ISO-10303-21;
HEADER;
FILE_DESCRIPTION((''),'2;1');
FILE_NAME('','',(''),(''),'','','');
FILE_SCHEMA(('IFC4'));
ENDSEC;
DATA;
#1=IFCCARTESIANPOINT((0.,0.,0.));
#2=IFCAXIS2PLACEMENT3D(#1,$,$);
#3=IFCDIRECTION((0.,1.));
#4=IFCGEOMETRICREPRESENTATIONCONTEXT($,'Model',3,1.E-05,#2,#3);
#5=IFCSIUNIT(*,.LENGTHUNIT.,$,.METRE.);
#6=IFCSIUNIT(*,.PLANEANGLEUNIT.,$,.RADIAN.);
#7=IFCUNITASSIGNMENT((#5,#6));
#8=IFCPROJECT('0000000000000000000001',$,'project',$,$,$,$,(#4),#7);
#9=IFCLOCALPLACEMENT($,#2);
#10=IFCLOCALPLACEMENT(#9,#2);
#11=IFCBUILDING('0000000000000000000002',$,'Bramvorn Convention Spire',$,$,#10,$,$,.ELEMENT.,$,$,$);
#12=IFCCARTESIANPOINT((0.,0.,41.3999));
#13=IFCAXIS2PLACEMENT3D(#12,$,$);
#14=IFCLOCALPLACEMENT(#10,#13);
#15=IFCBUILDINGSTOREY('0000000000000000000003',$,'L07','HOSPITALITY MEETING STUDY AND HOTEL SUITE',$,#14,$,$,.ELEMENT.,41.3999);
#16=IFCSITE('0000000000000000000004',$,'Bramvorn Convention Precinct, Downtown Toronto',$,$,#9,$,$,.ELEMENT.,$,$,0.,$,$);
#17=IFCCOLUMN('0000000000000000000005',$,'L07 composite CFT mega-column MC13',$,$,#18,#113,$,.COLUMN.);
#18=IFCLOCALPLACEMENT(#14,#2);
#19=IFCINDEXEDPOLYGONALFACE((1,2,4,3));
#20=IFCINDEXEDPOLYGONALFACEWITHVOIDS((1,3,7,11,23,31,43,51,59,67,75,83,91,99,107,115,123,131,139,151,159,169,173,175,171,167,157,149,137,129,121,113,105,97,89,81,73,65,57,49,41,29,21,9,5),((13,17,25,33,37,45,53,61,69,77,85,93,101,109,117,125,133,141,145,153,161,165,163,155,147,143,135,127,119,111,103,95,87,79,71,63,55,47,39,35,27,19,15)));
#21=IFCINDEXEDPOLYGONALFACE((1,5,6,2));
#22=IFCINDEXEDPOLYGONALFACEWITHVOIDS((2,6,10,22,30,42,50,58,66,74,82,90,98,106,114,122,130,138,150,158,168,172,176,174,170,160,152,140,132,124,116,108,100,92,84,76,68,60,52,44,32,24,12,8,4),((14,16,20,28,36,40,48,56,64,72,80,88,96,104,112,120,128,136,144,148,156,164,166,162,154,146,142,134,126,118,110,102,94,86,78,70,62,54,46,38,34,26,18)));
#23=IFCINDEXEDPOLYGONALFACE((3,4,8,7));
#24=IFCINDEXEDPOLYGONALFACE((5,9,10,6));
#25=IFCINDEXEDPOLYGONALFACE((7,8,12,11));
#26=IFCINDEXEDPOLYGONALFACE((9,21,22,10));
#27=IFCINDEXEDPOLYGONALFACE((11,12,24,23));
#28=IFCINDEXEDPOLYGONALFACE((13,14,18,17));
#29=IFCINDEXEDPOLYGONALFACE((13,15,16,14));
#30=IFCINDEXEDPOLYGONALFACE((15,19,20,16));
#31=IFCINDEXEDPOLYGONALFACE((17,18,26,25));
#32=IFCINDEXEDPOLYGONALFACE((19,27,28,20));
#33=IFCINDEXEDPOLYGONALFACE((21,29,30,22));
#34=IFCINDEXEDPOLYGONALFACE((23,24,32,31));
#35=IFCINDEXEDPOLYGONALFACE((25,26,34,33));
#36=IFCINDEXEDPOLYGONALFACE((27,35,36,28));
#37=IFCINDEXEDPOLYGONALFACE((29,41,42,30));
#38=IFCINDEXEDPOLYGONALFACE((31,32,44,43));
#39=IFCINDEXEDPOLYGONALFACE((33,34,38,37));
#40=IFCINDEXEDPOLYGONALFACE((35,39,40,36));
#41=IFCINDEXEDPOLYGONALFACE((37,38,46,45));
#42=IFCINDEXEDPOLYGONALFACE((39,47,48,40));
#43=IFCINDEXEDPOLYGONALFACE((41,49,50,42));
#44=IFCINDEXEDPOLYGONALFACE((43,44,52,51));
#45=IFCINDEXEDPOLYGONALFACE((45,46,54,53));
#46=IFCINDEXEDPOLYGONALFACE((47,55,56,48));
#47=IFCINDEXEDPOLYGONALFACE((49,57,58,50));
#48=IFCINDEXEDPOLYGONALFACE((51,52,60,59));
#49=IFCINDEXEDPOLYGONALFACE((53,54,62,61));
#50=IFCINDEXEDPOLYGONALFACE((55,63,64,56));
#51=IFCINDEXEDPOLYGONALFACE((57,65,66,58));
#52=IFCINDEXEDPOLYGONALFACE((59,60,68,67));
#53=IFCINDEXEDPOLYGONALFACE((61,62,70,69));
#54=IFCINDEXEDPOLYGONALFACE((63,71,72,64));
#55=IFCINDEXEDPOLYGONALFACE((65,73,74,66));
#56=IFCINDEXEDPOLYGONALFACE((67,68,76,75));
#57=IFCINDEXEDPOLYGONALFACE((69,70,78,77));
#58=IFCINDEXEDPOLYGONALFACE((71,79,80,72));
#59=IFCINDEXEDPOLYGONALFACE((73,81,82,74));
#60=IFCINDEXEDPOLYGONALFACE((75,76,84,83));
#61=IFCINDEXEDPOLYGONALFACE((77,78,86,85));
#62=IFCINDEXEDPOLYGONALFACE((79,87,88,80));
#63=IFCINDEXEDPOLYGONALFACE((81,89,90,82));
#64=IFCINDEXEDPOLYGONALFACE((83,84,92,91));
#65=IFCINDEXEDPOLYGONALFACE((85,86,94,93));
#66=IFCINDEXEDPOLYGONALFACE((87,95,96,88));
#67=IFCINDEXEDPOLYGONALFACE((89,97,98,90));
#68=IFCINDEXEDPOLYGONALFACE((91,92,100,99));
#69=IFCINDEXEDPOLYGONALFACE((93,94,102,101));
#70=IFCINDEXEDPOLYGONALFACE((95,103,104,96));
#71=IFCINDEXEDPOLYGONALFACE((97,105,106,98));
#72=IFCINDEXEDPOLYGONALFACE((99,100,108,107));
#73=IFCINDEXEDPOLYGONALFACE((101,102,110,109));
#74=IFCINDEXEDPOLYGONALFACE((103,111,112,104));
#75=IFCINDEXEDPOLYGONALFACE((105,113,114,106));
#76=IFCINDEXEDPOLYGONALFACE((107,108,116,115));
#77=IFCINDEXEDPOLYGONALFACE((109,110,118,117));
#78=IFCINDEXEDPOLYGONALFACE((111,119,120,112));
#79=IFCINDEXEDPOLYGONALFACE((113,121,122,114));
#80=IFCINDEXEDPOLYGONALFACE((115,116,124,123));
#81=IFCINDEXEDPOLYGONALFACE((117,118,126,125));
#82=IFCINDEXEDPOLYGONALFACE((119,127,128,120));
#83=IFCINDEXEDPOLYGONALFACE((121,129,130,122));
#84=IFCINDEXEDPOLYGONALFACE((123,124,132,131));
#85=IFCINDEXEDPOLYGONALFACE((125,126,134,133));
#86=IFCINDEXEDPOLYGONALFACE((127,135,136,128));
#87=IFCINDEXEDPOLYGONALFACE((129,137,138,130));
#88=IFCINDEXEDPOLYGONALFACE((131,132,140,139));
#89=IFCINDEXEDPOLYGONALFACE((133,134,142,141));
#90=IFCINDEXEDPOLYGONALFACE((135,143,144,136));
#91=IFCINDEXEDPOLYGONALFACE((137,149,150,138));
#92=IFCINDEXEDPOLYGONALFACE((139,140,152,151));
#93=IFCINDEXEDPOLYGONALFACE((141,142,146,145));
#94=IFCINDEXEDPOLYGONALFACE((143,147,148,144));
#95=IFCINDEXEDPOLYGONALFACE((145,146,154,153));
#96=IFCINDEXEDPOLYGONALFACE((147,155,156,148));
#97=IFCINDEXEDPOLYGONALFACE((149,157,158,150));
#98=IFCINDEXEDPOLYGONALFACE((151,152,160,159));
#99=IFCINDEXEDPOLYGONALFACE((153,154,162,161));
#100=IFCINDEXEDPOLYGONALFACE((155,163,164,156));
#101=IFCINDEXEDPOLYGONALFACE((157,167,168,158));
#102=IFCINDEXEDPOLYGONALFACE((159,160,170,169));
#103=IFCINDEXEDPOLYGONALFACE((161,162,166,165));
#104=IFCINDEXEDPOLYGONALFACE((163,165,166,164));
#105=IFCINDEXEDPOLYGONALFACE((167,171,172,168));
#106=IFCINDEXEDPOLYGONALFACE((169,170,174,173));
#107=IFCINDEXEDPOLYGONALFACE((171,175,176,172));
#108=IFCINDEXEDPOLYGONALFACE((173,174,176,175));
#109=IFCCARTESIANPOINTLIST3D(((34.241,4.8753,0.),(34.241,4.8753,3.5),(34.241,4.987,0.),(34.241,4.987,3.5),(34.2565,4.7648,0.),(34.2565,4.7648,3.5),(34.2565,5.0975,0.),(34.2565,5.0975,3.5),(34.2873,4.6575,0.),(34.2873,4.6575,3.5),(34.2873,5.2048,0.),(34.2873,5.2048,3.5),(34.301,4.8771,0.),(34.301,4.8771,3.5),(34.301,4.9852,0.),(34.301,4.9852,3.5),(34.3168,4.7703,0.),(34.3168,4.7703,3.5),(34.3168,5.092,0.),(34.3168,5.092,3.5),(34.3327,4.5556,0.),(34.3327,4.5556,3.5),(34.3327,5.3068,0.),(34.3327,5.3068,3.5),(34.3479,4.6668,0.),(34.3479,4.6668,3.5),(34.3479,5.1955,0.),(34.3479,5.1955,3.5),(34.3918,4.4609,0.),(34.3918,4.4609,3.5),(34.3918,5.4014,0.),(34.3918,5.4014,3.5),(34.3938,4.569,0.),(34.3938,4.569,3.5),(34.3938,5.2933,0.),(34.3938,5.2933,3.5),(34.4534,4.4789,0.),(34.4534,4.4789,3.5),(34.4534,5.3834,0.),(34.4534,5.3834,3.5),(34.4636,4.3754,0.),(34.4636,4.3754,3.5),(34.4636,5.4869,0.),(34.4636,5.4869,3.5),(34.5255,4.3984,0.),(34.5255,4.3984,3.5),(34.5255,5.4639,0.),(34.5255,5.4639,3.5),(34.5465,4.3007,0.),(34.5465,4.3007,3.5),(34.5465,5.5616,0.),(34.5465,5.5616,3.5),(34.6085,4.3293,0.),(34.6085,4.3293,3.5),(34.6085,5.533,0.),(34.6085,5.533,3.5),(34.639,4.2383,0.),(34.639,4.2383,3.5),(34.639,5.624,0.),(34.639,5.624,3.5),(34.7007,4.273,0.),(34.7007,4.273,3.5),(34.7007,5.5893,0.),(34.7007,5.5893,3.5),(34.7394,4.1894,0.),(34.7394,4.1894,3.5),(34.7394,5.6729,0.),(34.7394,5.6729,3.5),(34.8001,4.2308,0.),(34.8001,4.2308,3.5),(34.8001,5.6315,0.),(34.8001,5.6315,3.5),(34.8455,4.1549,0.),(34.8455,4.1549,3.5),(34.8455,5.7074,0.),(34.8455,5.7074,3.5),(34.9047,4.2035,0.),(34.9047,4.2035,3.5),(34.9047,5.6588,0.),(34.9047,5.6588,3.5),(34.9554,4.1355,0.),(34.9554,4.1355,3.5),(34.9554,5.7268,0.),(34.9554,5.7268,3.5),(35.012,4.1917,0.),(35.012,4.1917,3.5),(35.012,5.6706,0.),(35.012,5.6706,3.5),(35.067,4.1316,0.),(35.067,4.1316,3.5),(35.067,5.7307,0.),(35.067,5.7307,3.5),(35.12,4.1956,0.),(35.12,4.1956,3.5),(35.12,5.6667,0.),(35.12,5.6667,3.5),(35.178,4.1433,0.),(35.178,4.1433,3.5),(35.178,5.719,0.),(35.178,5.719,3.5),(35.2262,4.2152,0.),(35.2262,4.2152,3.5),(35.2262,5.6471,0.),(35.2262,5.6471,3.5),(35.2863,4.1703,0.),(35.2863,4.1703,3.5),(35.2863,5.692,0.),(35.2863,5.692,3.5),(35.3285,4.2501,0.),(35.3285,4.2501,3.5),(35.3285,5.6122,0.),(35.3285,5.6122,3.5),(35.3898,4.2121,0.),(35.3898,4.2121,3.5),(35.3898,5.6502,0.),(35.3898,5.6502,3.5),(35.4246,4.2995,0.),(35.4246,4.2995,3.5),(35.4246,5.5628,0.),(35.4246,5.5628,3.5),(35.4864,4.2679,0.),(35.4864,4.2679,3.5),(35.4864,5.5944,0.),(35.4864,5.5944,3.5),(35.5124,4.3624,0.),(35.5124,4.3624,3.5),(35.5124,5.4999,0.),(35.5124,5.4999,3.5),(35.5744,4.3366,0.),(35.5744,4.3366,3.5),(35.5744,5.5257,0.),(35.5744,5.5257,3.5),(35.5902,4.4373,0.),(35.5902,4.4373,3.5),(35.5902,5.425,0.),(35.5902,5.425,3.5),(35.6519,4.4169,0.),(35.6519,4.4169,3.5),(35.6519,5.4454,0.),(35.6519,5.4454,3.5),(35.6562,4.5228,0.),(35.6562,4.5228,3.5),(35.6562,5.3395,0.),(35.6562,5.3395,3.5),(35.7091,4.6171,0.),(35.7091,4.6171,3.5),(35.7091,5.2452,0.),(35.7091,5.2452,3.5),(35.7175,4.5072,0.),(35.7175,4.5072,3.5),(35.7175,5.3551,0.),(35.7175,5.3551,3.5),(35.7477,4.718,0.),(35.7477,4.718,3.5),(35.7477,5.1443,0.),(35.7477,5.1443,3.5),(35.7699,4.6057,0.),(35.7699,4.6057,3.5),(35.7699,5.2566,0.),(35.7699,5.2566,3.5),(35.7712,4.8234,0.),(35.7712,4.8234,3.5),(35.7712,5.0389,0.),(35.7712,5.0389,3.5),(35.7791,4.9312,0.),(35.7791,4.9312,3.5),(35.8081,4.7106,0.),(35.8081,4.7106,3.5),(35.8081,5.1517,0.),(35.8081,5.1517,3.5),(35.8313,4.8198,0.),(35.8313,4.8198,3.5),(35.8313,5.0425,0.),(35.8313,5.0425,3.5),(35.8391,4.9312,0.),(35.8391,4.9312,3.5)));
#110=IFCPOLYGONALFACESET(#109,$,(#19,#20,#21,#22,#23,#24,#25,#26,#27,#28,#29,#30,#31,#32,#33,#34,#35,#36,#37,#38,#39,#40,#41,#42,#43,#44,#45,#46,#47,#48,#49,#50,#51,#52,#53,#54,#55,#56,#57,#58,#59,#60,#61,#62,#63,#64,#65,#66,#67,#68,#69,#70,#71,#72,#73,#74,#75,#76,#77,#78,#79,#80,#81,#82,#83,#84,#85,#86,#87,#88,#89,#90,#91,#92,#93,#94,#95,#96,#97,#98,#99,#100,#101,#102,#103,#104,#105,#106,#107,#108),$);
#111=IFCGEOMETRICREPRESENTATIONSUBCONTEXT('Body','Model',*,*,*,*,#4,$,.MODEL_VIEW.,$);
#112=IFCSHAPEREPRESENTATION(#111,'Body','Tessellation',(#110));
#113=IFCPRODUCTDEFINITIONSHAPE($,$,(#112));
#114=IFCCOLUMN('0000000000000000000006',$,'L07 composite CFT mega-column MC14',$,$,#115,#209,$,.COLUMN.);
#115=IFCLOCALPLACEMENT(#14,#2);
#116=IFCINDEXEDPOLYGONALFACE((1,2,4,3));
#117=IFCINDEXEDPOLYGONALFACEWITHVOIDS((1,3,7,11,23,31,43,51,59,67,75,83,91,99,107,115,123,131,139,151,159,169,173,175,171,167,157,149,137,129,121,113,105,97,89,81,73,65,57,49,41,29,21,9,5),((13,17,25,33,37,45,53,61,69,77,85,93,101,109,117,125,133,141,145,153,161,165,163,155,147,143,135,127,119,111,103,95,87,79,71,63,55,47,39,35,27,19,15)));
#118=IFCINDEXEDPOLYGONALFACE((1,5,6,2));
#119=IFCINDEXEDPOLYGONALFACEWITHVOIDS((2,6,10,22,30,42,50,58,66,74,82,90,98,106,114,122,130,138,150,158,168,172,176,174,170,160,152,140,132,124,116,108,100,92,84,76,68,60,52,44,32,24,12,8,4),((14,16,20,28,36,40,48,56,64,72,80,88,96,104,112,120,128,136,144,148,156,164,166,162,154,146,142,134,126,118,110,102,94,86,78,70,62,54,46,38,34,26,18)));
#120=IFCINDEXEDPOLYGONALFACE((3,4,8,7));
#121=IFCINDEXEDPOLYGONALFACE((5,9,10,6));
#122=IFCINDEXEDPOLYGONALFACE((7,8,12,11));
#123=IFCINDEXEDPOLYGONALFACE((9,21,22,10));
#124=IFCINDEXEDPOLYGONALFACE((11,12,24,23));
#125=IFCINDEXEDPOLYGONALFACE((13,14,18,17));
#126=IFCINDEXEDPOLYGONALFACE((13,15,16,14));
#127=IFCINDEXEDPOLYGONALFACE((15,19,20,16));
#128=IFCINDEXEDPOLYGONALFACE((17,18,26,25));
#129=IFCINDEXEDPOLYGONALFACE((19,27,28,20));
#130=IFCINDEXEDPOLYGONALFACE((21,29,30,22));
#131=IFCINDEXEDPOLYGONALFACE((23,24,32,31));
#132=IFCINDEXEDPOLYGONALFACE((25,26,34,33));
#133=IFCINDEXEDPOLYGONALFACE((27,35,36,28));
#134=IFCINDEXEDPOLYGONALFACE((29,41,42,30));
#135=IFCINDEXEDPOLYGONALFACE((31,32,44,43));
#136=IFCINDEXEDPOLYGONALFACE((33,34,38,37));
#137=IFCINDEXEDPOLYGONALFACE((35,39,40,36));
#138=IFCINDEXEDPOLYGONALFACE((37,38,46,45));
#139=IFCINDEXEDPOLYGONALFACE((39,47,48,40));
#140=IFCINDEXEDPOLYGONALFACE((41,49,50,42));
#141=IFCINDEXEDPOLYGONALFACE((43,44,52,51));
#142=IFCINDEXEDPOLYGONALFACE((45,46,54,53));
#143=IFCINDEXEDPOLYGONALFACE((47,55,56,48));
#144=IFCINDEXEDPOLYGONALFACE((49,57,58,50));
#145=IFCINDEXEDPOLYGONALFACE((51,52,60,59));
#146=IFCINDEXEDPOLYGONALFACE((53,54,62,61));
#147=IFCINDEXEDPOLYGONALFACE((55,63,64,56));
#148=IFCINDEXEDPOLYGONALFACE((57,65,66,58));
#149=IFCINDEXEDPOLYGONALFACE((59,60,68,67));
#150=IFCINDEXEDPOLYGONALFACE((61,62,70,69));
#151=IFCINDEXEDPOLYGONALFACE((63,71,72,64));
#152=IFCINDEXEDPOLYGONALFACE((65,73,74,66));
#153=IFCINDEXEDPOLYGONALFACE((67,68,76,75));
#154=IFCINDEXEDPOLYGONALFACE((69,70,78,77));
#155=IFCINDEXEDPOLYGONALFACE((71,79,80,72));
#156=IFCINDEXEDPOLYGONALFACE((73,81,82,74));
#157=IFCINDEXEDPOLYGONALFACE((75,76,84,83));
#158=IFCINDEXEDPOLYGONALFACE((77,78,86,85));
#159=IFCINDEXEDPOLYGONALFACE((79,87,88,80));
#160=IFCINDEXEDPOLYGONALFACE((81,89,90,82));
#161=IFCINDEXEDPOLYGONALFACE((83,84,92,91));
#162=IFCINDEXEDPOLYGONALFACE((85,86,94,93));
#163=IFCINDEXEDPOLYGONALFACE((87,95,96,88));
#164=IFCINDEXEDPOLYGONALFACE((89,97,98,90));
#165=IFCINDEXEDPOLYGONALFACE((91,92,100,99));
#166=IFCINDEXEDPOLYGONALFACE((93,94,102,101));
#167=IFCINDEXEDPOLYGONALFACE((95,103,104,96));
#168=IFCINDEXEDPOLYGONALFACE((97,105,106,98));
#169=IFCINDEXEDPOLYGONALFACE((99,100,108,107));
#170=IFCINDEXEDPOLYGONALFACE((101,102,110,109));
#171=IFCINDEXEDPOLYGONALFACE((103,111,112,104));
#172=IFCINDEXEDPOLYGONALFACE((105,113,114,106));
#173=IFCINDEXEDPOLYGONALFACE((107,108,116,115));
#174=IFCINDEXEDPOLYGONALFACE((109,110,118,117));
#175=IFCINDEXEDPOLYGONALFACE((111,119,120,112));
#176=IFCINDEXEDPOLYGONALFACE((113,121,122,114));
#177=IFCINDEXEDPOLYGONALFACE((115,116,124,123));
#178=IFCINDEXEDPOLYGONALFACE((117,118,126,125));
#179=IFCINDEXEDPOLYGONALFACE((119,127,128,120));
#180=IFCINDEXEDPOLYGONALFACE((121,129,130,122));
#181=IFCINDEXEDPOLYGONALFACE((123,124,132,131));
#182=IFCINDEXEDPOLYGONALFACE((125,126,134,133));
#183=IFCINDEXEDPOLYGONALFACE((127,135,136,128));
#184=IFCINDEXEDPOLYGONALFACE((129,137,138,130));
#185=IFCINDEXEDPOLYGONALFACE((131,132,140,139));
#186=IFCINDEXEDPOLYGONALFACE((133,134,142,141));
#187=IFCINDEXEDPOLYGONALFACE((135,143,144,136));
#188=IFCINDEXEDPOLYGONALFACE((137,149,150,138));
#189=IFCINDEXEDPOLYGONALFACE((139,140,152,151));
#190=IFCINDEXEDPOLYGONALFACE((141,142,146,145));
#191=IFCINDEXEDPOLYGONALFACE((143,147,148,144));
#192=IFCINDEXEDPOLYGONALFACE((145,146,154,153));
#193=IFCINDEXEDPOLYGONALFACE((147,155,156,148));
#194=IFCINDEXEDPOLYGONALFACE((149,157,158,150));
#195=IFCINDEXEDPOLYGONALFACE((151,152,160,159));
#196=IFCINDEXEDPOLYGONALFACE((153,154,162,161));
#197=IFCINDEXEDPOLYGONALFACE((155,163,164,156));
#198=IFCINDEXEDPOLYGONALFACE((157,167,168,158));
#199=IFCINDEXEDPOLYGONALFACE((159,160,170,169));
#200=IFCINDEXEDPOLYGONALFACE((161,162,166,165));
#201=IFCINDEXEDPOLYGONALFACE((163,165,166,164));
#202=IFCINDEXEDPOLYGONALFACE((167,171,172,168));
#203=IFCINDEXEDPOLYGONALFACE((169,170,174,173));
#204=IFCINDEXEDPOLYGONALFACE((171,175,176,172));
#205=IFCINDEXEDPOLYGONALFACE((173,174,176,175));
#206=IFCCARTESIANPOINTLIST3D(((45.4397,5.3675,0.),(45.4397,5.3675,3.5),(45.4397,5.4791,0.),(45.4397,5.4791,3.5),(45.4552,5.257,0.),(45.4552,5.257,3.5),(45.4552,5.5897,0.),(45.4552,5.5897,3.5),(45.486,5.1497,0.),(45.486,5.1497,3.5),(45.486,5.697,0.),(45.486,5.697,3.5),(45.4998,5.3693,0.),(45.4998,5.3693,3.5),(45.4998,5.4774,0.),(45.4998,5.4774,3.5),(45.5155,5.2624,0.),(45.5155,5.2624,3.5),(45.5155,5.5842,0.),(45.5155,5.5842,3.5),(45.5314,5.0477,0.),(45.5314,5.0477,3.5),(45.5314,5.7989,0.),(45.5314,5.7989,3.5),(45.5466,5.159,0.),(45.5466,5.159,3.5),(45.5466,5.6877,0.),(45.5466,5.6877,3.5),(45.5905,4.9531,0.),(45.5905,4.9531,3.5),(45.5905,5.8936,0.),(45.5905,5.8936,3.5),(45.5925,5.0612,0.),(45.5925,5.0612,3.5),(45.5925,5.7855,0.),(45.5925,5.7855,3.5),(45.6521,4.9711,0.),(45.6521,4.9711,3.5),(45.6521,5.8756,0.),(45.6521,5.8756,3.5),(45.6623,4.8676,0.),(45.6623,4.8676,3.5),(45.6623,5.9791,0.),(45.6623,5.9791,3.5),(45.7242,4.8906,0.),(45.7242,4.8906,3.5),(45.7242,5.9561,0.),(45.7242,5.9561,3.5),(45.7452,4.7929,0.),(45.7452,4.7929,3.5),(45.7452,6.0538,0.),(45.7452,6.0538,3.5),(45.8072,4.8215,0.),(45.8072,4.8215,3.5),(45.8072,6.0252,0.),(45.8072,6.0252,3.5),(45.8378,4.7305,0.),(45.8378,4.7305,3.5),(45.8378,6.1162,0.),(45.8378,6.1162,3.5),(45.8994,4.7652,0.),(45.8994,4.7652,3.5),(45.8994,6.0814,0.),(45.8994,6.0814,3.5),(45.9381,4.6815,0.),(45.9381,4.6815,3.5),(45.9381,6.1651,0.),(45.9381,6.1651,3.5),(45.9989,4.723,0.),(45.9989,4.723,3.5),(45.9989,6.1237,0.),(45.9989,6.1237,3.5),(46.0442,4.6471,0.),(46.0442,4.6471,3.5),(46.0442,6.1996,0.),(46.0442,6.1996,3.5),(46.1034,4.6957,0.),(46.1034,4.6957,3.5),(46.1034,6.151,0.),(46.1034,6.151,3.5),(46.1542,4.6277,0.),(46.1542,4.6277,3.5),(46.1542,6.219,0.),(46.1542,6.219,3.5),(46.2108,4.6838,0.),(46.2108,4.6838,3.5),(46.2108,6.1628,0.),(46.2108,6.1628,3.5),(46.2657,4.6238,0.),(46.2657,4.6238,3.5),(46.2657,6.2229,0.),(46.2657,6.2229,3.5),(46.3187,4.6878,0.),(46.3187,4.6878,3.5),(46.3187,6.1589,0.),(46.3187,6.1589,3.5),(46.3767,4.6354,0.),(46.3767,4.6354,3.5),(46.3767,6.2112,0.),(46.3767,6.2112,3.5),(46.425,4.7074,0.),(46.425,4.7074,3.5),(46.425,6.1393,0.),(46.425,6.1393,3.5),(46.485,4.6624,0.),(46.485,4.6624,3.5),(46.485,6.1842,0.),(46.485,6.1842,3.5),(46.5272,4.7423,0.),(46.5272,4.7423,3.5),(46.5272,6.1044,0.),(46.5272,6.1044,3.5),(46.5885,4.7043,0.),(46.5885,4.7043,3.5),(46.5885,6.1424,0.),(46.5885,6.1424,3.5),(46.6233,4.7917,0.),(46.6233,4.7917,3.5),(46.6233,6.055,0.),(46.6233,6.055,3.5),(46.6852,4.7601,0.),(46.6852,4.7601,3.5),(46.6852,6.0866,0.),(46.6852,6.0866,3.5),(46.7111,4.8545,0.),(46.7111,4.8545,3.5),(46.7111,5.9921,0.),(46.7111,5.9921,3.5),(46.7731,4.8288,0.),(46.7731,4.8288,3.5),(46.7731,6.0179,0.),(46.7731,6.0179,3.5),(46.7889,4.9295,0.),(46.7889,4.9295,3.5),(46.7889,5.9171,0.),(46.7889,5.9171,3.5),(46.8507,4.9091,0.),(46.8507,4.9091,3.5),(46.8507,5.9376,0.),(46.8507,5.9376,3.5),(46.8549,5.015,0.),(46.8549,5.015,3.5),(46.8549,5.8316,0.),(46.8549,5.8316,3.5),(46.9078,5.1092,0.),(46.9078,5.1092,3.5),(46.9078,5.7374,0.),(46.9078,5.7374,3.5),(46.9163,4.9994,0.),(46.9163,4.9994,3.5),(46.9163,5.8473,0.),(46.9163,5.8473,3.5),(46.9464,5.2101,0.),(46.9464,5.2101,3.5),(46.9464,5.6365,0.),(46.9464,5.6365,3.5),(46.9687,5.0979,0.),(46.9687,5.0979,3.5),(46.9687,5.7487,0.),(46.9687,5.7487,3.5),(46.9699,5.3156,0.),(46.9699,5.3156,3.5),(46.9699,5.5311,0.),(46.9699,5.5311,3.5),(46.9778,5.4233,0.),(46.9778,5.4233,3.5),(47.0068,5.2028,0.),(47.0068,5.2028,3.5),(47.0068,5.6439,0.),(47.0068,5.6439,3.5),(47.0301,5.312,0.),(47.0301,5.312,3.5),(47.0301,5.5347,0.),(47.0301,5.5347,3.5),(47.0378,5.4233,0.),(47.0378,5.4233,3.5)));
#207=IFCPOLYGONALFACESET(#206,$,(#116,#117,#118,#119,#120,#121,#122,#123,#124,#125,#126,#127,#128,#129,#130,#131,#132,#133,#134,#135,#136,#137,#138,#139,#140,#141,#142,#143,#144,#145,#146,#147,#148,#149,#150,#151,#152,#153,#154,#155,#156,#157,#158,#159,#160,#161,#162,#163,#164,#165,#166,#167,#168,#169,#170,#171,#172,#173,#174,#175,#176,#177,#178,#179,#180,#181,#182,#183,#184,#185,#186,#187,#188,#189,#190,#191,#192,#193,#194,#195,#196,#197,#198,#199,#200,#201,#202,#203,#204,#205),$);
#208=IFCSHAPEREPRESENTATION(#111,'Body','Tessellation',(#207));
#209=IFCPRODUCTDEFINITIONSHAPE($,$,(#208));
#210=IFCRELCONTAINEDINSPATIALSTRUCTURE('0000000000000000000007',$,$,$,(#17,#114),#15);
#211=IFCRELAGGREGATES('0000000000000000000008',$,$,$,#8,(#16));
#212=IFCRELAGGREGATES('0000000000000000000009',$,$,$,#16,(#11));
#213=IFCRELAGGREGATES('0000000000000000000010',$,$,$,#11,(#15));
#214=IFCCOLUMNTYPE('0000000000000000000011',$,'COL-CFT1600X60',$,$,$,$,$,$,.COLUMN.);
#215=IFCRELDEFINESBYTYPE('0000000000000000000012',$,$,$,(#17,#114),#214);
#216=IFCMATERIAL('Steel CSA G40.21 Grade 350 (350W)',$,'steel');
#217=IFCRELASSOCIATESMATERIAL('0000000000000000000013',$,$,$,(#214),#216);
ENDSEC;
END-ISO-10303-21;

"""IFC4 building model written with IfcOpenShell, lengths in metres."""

from ifc_helpers import new_model, si_unit, direction, frame, origin, origin_2d, place, context, subcontext, project, spatial, hollow_circle, extrude, material, material_profile, profile_set, type_object, element, save


model = new_model("IFC4")

# Units and contexts
model_context = context("Model", 3, precision=1e-05, world=origin(), true_north=direction((0.0, 1.0)))
body_context = subcontext(model_context, "Body", "Model", "MODEL_VIEW")
ifc_project = project(units=[si_unit("LENGTHUNIT", "METRE"), si_unit("PLANEANGLEUNIT", "RADIAN")], contexts=[model_context])

# Site, building, storey
site_placement = place(None, origin())
site = spatial("IfcSite", under=ifc_project, at=site_placement, Name="Bramvorn Convention Precinct, Downtown Toronto", CompositionType="ELEMENT", RefElevation=0.0)
building_placement = place(site_placement, origin())
building = spatial("IfcBuilding", under=site, at=building_placement, Name="Bramvorn Convention Spire", CompositionType="ELEMENT")
storey_placement = place(building_placement, frame((0.0, 0.0, 41.3999)))
storey = spatial("IfcBuildingStorey", under=building, at=storey_placement, Name="L07", Description="HOSPITALITY MEETING STUDY AND HOTEL SUITE", CompositionType="ELEMENT", Elevation=41.3999)

# Columns
ifc_material_1 = material(Name="Steel CSA G40.21 Grade 350 (350W)", Category="steel")
ifc_material_profile_1 = material_profile(ifc_material_1, hollow_circle(Radius=0.8, WallThickness=0.0601, at=origin_2d()))
ifc_profile_set_1 = profile_set([ifc_material_profile_1], Name="Steel CSA G40.21 Grade 350 (350W) - CFT1600X60")
column_type = type_object("IfcColumnType", Name="COL-CFT1600X60", PredefinedType="COLUMN", material=ifc_profile_set_1)
for number, where, z_axis, x_axis, name in (
    (1, (35.0391, 4.9312, 0.0), (0.0, 0.0, 1.0), (1.0, 0.0, 0.0), "L07 composite CFT mega-column MC13"),
    (2, (46.2378, 5.4233, 0.0), (0.0, 0.0, 1.0), (1.0, 0.0, 0.0), "L07 composite CFT mega-column MC14"),
):
    element("IfcColumn", number, at=place(storey_placement, frame(where, z_axis=z_axis, x_axis=x_axis)), inside=storey, type_object=column_type, Name=name, PredefinedType="COLUMN", context=body_context, shape_type="SweptSolid", body=[
        extrude(hollow_circle(Radius=0.8, WallThickness=0.0601, at=origin_2d()), origin(), (0.0, 0.0, 1.0), 3.5),
    ])

save(model, "model.ifc")
